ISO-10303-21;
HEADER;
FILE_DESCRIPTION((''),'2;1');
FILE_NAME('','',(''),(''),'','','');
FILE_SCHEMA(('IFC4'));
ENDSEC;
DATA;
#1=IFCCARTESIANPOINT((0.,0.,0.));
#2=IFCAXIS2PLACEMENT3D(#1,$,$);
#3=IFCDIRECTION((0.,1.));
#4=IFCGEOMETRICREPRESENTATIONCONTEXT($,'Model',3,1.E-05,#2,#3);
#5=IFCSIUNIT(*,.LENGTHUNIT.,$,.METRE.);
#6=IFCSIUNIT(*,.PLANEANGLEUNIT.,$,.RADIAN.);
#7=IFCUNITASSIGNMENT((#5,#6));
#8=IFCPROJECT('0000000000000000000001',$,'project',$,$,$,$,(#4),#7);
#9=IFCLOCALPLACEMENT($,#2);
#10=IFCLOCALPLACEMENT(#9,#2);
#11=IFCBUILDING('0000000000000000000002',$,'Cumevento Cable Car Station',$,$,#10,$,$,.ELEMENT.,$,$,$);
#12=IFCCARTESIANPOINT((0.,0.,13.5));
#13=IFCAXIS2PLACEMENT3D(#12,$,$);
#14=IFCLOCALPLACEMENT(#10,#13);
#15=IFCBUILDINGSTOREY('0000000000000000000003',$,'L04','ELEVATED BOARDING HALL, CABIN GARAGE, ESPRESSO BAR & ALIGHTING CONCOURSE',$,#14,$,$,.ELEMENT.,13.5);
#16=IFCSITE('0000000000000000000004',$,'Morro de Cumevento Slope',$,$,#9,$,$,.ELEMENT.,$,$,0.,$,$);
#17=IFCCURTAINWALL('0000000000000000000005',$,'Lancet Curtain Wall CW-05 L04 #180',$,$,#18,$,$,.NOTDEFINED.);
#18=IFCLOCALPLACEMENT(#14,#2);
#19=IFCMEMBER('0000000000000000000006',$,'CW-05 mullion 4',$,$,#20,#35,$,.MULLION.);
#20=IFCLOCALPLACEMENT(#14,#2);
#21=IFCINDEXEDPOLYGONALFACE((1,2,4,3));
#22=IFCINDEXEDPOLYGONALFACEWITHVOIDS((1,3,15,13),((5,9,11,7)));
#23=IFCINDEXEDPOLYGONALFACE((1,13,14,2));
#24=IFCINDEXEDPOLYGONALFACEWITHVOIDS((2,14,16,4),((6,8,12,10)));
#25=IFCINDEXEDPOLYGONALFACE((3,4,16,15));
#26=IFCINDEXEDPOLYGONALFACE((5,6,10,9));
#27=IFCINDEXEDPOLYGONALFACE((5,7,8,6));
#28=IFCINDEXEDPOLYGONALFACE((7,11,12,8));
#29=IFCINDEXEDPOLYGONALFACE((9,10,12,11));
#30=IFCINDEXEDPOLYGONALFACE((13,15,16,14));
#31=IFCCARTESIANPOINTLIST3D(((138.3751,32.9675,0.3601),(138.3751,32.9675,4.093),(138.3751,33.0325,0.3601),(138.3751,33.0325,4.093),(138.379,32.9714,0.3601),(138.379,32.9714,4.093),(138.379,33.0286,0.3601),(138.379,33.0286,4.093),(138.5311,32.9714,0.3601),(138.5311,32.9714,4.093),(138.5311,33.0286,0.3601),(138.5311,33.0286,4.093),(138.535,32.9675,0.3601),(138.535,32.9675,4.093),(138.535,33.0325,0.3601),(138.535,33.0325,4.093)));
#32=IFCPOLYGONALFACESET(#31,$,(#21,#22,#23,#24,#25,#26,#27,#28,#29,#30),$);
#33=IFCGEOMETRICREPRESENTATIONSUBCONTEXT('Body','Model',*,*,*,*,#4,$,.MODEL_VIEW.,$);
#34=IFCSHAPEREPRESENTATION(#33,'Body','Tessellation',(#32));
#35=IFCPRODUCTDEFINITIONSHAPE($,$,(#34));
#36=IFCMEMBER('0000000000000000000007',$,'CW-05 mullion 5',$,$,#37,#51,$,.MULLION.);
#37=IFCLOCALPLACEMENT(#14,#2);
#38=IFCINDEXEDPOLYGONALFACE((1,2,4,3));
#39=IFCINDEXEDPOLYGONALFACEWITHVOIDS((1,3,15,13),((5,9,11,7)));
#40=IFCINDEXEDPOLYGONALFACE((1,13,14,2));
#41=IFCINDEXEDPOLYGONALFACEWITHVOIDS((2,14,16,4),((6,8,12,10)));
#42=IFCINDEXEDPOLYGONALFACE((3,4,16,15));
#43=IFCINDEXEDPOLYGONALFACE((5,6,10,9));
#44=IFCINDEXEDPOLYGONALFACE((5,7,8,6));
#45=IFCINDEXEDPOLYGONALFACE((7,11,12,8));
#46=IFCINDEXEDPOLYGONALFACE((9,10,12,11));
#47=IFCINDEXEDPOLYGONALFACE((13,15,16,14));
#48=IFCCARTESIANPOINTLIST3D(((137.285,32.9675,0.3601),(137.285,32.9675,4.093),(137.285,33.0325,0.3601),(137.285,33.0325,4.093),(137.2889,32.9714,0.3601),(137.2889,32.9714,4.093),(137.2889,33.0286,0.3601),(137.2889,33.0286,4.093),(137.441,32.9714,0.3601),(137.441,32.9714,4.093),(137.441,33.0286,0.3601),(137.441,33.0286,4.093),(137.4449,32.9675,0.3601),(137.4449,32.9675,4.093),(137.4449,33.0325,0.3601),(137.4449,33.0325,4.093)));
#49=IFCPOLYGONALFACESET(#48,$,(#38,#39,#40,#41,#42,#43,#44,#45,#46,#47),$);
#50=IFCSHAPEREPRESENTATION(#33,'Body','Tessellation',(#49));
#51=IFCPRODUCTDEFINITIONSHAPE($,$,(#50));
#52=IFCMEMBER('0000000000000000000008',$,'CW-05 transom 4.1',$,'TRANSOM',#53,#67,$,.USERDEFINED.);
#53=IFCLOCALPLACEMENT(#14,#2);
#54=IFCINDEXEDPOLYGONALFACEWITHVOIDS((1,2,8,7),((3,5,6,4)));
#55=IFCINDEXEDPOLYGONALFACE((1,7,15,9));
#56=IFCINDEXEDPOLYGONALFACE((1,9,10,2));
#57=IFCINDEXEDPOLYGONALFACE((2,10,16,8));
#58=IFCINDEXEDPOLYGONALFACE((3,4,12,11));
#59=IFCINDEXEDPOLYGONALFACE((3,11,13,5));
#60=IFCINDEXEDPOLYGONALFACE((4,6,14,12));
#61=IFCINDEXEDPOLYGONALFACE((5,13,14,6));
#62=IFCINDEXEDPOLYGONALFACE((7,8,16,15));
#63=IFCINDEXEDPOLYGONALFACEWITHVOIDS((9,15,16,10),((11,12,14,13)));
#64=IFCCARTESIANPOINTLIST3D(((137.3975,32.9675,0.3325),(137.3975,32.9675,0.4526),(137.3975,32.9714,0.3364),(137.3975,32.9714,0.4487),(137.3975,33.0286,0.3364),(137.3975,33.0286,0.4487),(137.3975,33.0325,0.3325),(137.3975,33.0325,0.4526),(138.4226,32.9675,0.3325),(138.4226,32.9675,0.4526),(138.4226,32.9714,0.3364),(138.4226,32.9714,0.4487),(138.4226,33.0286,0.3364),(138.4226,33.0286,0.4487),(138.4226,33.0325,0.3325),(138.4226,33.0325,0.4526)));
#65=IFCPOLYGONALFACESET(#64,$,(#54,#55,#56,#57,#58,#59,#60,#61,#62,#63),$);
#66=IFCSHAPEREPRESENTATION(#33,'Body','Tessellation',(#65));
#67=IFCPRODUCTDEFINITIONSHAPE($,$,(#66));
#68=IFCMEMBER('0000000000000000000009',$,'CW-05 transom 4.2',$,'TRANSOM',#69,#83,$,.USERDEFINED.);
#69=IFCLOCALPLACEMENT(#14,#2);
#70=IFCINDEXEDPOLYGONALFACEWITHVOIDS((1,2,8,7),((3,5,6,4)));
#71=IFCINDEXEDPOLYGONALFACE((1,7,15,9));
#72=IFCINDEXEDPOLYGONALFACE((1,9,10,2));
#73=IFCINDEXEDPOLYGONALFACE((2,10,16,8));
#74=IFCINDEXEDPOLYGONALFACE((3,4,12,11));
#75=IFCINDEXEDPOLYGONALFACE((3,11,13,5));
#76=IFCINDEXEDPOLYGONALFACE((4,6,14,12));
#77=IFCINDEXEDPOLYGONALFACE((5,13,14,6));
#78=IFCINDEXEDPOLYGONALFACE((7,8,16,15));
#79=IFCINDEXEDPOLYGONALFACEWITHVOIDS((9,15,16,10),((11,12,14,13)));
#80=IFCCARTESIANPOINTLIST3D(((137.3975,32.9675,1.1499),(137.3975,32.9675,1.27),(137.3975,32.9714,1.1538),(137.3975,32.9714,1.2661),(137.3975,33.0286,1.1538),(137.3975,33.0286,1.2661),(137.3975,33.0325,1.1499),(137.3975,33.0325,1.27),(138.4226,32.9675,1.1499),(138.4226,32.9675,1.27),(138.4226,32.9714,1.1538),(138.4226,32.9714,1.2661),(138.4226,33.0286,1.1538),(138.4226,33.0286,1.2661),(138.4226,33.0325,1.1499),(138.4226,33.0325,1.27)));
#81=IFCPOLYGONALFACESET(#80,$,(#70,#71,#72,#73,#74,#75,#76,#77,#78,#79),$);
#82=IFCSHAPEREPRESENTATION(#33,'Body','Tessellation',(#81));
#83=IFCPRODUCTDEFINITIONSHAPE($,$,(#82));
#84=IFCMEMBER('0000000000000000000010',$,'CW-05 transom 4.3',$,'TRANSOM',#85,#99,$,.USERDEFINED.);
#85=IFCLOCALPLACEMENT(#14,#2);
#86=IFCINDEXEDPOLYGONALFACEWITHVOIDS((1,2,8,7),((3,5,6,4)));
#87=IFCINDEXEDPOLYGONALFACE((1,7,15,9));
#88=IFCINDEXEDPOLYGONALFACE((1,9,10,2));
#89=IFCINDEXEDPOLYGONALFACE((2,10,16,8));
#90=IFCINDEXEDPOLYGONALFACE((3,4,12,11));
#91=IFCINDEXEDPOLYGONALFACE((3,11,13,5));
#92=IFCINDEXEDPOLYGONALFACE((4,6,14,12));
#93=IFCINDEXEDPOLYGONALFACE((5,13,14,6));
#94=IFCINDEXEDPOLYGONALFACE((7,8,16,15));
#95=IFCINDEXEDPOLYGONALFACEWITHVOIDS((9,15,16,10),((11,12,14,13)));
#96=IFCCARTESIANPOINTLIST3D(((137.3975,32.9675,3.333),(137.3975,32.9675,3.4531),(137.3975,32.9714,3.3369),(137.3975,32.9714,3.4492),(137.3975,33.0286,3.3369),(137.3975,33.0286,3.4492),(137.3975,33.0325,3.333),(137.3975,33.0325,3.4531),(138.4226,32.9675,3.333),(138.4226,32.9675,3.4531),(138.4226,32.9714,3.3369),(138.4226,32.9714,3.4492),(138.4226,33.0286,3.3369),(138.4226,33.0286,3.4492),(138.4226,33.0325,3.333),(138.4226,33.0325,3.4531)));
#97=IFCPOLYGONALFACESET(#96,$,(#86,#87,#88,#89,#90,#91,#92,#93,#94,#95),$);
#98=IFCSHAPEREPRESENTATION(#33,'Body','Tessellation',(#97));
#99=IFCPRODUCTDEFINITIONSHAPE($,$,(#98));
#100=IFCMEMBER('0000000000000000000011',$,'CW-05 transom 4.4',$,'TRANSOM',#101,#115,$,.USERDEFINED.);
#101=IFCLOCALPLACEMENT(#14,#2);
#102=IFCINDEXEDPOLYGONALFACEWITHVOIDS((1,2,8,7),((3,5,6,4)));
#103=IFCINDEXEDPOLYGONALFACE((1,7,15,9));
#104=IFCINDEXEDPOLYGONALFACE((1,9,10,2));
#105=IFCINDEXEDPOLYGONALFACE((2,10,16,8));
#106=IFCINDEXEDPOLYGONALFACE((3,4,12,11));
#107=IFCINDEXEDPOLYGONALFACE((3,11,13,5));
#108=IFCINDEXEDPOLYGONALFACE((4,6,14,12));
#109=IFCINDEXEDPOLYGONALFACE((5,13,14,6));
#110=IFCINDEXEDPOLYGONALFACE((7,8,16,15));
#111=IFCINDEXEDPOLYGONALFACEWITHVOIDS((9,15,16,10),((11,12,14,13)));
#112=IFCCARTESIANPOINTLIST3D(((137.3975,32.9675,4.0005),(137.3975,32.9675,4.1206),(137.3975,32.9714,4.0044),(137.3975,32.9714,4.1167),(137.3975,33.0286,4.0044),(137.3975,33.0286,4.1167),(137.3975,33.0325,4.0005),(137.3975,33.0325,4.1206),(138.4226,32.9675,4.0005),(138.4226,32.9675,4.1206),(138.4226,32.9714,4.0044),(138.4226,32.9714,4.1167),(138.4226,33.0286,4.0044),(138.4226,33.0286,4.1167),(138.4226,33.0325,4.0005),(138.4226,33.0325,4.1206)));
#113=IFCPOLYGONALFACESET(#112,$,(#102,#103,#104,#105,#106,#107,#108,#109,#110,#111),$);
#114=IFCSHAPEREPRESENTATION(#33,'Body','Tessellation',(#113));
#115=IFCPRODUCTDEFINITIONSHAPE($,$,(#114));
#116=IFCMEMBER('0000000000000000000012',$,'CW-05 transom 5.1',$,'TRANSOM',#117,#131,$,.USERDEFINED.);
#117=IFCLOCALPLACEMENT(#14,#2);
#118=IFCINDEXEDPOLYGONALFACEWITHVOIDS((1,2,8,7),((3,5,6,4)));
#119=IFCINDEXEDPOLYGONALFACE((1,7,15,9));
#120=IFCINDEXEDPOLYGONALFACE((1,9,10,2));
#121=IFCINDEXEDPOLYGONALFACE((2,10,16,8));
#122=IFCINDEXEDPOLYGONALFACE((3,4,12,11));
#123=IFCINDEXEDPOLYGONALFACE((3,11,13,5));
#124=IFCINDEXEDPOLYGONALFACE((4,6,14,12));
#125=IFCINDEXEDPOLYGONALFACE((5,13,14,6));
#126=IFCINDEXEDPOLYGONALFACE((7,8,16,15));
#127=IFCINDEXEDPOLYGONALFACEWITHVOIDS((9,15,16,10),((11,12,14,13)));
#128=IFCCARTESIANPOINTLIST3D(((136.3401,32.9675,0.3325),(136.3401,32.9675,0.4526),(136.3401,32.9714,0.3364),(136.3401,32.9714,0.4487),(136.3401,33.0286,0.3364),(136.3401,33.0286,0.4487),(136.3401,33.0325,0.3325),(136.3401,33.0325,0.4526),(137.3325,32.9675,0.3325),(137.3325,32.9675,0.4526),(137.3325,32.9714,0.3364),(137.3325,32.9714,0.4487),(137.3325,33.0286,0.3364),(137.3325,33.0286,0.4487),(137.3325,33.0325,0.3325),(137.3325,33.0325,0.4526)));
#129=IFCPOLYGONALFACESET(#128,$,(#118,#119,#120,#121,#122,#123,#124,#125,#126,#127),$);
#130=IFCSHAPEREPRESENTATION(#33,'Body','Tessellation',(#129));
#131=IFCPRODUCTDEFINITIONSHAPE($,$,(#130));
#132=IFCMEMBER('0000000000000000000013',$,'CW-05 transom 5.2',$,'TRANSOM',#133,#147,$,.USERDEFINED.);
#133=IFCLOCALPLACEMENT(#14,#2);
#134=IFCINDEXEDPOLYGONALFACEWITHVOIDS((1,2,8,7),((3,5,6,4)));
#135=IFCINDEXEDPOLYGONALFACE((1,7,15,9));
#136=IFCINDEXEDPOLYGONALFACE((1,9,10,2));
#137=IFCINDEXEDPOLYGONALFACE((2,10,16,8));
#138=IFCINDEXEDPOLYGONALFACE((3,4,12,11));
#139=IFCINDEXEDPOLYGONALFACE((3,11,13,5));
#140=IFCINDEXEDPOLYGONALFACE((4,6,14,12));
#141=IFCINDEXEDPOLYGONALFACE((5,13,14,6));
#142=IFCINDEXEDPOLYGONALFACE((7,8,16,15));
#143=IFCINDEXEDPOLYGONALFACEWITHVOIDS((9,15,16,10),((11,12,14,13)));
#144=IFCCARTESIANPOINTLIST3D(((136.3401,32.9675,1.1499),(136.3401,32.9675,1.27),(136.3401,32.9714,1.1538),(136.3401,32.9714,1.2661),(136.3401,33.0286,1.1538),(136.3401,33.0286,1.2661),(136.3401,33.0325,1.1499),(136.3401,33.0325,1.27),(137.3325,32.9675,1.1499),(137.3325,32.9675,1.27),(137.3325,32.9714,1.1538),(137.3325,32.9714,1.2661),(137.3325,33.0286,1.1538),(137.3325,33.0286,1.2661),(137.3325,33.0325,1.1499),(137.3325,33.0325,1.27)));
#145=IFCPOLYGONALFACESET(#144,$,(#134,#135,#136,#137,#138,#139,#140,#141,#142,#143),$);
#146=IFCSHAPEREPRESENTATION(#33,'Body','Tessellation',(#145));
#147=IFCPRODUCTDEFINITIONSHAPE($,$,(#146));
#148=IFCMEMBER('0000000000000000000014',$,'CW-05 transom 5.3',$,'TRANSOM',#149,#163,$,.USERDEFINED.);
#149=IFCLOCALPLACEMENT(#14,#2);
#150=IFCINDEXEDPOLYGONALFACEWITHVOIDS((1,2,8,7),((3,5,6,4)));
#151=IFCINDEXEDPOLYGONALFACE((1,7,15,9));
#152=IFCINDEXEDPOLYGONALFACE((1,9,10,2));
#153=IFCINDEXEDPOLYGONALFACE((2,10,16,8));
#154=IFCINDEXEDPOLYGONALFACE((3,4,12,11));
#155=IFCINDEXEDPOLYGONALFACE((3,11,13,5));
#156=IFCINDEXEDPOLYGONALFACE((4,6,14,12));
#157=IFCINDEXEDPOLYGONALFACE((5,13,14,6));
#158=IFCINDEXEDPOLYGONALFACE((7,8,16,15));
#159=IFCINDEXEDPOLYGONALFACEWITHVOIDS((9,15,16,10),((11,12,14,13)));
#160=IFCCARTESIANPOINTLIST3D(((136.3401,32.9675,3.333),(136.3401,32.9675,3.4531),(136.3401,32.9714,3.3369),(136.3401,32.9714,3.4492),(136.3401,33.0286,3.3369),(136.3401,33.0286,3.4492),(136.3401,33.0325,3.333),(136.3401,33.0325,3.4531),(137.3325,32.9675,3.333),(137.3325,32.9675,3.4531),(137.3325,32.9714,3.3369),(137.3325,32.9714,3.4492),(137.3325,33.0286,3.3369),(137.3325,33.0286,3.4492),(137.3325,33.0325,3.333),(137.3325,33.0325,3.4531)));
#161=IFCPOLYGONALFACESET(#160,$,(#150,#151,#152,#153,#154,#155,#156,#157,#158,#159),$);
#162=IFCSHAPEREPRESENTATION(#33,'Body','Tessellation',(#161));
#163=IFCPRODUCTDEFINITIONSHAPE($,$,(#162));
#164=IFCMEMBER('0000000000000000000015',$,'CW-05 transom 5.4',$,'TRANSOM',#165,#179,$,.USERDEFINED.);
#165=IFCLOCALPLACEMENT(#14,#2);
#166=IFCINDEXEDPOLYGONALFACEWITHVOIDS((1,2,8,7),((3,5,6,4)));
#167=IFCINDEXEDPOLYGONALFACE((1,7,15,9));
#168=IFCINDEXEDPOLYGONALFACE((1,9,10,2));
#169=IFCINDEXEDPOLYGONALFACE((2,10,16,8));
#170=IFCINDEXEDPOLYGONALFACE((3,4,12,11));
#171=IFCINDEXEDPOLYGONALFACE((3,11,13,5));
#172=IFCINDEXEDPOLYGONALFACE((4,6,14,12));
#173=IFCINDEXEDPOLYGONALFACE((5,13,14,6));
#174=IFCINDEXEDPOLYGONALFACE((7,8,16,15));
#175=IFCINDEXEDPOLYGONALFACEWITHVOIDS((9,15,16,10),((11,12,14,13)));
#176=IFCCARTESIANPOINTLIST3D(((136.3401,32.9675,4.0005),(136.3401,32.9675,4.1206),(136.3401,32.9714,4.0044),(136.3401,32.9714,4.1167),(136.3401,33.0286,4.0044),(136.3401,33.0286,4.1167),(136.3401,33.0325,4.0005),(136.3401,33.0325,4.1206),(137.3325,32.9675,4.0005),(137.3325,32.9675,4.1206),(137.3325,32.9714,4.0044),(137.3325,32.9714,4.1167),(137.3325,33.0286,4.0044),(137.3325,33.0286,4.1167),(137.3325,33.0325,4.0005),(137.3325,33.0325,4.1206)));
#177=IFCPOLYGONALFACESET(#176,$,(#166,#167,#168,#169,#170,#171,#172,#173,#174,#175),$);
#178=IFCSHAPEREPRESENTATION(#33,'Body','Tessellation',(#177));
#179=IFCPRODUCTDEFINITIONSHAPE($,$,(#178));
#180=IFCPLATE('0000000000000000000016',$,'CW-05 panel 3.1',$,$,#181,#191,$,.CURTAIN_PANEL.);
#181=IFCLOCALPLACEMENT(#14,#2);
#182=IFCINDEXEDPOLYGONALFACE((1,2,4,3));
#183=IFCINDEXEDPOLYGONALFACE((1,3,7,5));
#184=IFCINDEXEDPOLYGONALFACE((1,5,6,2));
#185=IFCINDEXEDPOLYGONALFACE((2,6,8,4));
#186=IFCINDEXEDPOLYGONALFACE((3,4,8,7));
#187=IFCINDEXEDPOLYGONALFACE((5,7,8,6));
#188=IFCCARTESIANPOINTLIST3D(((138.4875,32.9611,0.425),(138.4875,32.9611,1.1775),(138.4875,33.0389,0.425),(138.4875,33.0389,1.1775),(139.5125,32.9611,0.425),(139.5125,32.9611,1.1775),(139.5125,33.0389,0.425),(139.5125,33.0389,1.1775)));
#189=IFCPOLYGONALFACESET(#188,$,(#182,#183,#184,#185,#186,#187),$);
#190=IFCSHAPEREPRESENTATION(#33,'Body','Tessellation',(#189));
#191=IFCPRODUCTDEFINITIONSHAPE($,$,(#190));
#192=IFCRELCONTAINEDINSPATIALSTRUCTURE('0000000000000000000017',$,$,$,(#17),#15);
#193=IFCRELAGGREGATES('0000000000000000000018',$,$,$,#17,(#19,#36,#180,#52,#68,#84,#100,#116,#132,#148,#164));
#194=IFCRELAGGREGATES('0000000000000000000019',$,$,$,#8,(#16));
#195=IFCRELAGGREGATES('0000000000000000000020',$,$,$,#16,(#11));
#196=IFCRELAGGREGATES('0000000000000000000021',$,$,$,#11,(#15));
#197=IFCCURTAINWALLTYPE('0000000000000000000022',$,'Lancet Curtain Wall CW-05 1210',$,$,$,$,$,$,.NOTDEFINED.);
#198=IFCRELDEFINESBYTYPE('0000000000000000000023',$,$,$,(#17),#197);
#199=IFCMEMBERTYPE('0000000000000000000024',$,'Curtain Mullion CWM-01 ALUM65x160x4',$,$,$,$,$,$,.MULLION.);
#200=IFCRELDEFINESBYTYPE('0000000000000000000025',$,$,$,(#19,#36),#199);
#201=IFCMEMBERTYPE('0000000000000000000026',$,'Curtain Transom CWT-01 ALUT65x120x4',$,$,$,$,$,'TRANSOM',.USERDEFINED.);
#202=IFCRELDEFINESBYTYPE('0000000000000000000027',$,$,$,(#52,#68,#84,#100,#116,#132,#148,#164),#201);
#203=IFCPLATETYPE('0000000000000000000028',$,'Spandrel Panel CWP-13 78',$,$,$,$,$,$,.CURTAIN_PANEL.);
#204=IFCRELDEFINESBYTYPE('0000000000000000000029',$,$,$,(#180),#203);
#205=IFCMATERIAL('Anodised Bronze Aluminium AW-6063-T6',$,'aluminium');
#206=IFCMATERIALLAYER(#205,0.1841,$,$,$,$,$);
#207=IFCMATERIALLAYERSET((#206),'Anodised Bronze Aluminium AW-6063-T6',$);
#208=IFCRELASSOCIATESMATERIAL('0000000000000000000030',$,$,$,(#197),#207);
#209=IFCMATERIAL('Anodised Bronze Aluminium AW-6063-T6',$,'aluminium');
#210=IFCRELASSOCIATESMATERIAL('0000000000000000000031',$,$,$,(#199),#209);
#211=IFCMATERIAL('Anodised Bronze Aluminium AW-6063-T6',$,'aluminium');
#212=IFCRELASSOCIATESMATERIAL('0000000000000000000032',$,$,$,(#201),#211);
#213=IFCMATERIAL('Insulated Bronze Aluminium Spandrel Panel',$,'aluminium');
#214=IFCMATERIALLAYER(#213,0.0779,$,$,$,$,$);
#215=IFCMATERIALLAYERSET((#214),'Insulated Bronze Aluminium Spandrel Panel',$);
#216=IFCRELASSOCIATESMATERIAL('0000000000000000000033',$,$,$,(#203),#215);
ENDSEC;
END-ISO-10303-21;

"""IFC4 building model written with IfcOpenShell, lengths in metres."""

from ifc_helpers import new_model, si_unit, direction, frame, origin, origin_2d, place, context, subcontext, project, spatial, rectangle, hollow_rectangle, extrude, material, layer, layer_set, material_profile, profile_set, type_object, element, aggregate, save


model = new_model("IFC4")

# Units and contexts
model_context = context("Model", 3, precision=1e-05, world=origin(), true_north=direction((0.0, 1.0)))
body_context = subcontext(model_context, "Body", "Model", "MODEL_VIEW")
ifc_project = project(units=[si_unit("LENGTHUNIT", "METRE"), si_unit("PLANEANGLEUNIT", "RADIAN")], contexts=[model_context])

# Site, building, storey
site_placement = place(None, origin())
site = spatial("IfcSite", under=ifc_project, at=site_placement, Name="Morro de Cumevento Slope", CompositionType="ELEMENT", RefElevation=0.0)
building_placement = place(site_placement, origin())
building = spatial("IfcBuilding", under=site, at=building_placement, Name="Cumevento Cable Car Station", CompositionType="ELEMENT")
storey_placement = place(building_placement, frame((0.0, 0.0, 13.5)))
storey = spatial("IfcBuildingStorey", under=building, at=storey_placement, Name="L04", Description="ELEVATED BOARDING HALL, CABIN GARAGE, ESPRESSO BAR & ALIGHTING CONCOURSE", CompositionType="ELEMENT", Elevation=13.5)

# Curtain wall, members, plate
ifc_material_1 = material(Name="Anodised Bronze Aluminium AW-6063-T6", Category="aluminium")
ifc_layer_1 = layer(ifc_material_1, 0.1841)
ifc_layer_set_1 = layer_set([ifc_layer_1], Name="Anodised Bronze Aluminium AW-6063-T6")
curtain_wall_type = type_object("IfcCurtainWallType", Name="Lancet Curtain Wall CW-05 1210", PredefinedType="NOTDEFINED", material=ifc_layer_set_1)
curtain_wall_placement = place(storey_placement, origin())
curtain_wall = element("IfcCurtainWall", 1, at=curtain_wall_placement, inside=storey, type_object=curtain_wall_type, Name="Lancet Curtain Wall CW-05 L04 #180", PredefinedType="NOTDEFINED")
ifc_material_2 = material(Name="Anodised Bronze Aluminium AW-6063-T6", Category="aluminium")
ifc_material_profile_1 = material_profile(ifc_material_2, hollow_rectangle(XDim=0.0649, YDim=0.1599, WallThickness=0.0039, at=origin_2d()), Name="ALUM65x160x4")
ifc_profile_set_1 = profile_set([ifc_material_profile_1], Name="Anodised Bronze Aluminium AW-6063-T6")
member_type_1 = type_object("IfcMemberType", Name="Curtain Mullion CWM-01 ALUM65x160x4", PredefinedType="MULLION", material=ifc_profile_set_1)
member_1_placement = place(storey_placement, frame((138.4551, 33.0, 0.3601), z_axis=(0.0, 0.0, 1.0), x_axis=(0.0, -1.0, 0.0)))
member_1 = element("IfcMember", 2, at=member_1_placement, type_object=member_type_1, Name="CW-05 mullion 4", PredefinedType="MULLION", context=body_context, shape_type="SweptSolid", body=[
    extrude(hollow_rectangle(XDim=0.0649, YDim=0.1599, WallThickness=0.0039, at=origin_2d()), origin(), (0.0, 0.0, 1.0), 3.7329),
])
member_2_placement = place(storey_placement, frame((137.365, 33.0, 0.3601), z_axis=(0.0, 0.0, 1.0), x_axis=(0.0, -1.0, 0.0)))
member_2 = element("IfcMember", 3, at=member_2_placement, type_object=member_type_1, Name="CW-05 mullion 5", PredefinedType="MULLION", context=body_context, shape_type="SweptSolid", body=[
    extrude(hollow_rectangle(XDim=0.0649, YDim=0.1599, WallThickness=0.0039, at=origin_2d()), origin(), (0.0, 0.0, 1.0), 3.7329),
])
ifc_material_3 = material(Name="Anodised Bronze Aluminium AW-6063-T6", Category="aluminium")
ifc_material_profile_2 = material_profile(ifc_material_3, hollow_rectangle(XDim=0.0649, YDim=0.1201, WallThickness=0.0039, at=origin_2d()), Name="ALUT65x120x4")
ifc_profile_set_2 = profile_set([ifc_material_profile_2], Name="Anodised Bronze Aluminium AW-6063-T6")
member_type_2 = type_object("IfcMemberType", Name="Curtain Transom CWT-01 ALUT65x120x4", ElementType="TRANSOM", PredefinedType="USERDEFINED", material=ifc_profile_set_2)
member_3_placement = place(storey_placement, frame((138.4226, 33.0, 0.3926), z_axis=(-1.0, 0.0, 0.0), x_axis=(0.0, -1.0, 0.0)))
member_3 = element("IfcMember", 4, at=member_3_placement, type_object=member_type_2, Name="CW-05 transom 4.1", ObjectType="TRANSOM", PredefinedType="USERDEFINED", context=body_context, shape_type="SweptSolid", body=[
    extrude(hollow_rectangle(XDim=0.0649, YDim=0.1201, WallThickness=0.0039, at=origin_2d()), origin(), (0.0, 0.0, 1.0), 1.0251),
])
member_4_placement = place(storey_placement, frame((138.4226, 33.0, 1.21), z_axis=(-1.0, 0.0, 0.0), x_axis=(0.0, -1.0, 0.0)))
member_4 = element("IfcMember", 5, at=member_4_placement, type_object=member_type_2, Name="CW-05 transom 4.2", ObjectType="TRANSOM", PredefinedType="USERDEFINED", context=body_context, shape_type="SweptSolid", body=[
    extrude(hollow_rectangle(XDim=0.0649, YDim=0.1201, WallThickness=0.0039, at=origin_2d()), origin(), (0.0, 0.0, 1.0), 1.0251),
])
member_5_placement = place(storey_placement, frame((138.4226, 33.0, 3.3931), z_axis=(-1.0, 0.0, 0.0), x_axis=(0.0, -1.0, 0.0)))
member_5 = element("IfcMember", 6, at=member_5_placement, type_object=member_type_2, Name="CW-05 transom 4.3", ObjectType="TRANSOM", PredefinedType="USERDEFINED", context=body_context, shape_type="SweptSolid", body=[
    extrude(hollow_rectangle(XDim=0.0649, YDim=0.1201, WallThickness=0.0039, at=origin_2d()), origin(), (0.0, 0.0, 1.0), 1.0251),
])
member_6_placement = place(storey_placement, frame((138.4226, 33.0, 4.0605), z_axis=(-1.0, 0.0, 0.0), x_axis=(0.0, -1.0, 0.0)))
member_6 = element("IfcMember", 7, at=member_6_placement, type_object=member_type_2, Name="CW-05 transom 4.4", ObjectType="TRANSOM", PredefinedType="USERDEFINED", context=body_context, shape_type="SweptSolid", body=[
    extrude(hollow_rectangle(XDim=0.0649, YDim=0.1201, WallThickness=0.0039, at=origin_2d()), origin(), (0.0, 0.0, 1.0), 1.0251),
])
member_7_placement = place(storey_placement, frame((137.3325, 33.0, 0.3926), z_axis=(-1.0, 0.0, 0.0), x_axis=(0.0, -1.0, 0.0)))
member_7 = element("IfcMember", 8, at=member_7_placement, type_object=member_type_2, Name="CW-05 transom 5.1", ObjectType="TRANSOM", PredefinedType="USERDEFINED", context=body_context, shape_type="SweptSolid", body=[
    extrude(hollow_rectangle(XDim=0.0649, YDim=0.1201, WallThickness=0.0039, at=origin_2d()), origin(), (0.0, 0.0, 1.0), 0.9924),
])
member_8_placement = place(storey_placement, frame((137.3325, 33.0, 1.21), z_axis=(-1.0, 0.0, 0.0), x_axis=(0.0, -1.0, 0.0)))
member_8 = element("IfcMember", 9, at=member_8_placement, type_object=member_type_2, Name="CW-05 transom 5.2", ObjectType="TRANSOM", PredefinedType="USERDEFINED", context=body_context, shape_type="SweptSolid", body=[
    extrude(hollow_rectangle(XDim=0.0649, YDim=0.1201, WallThickness=0.0039, at=origin_2d()), origin(), (0.0, 0.0, 1.0), 0.9924),
])
member_9_placement = place(storey_placement, frame((137.3325, 33.0, 3.3931), z_axis=(-1.0, 0.0, 0.0), x_axis=(0.0, -1.0, 0.0)))
member_9 = element("IfcMember", 10, at=member_9_placement, type_object=member_type_2, Name="CW-05 transom 5.3", ObjectType="TRANSOM", PredefinedType="USERDEFINED", context=body_context, shape_type="SweptSolid", body=[
    extrude(hollow_rectangle(XDim=0.0649, YDim=0.1201, WallThickness=0.0039, at=origin_2d()), origin(), (0.0, 0.0, 1.0), 0.9924),
])
member_10_placement = place(storey_placement, frame((137.3325, 33.0, 4.0605), z_axis=(-1.0, 0.0, 0.0), x_axis=(0.0, -1.0, 0.0)))
member_10 = element("IfcMember", 11, at=member_10_placement, type_object=member_type_2, Name="CW-05 transom 5.4", ObjectType="TRANSOM", PredefinedType="USERDEFINED", context=body_context, shape_type="SweptSolid", body=[
    extrude(hollow_rectangle(XDim=0.0649, YDim=0.1201, WallThickness=0.0039, at=origin_2d()), origin(), (0.0, 0.0, 1.0), 0.9924),
])
ifc_material_4 = material(Name="Insulated Bronze Aluminium Spandrel Panel", Category="aluminium")
ifc_layer_2 = layer(ifc_material_4, 0.0779)
ifc_layer_set_2 = layer_set([ifc_layer_2], Name="Insulated Bronze Aluminium Spandrel Panel")
plate_type = type_object("IfcPlateType", Name="Spandrel Panel CWP-13 78", PredefinedType="CURTAIN_PANEL", material=ifc_layer_set_2)
plate_1_placement = place(storey_placement, frame((139.0, 33.0, 0.425), z_axis=(0.0, 0.0, 1.0), x_axis=(-1.0, 0.0, 0.0)))
plate_1 = element("IfcPlate", 12, at=plate_1_placement, type_object=plate_type, Name="CW-05 panel 3.1", PredefinedType="CURTAIN_PANEL", context=body_context, shape_type="SweptSolid", body=[
    extrude(rectangle(XDim=1.0249, YDim=0.0779, at=origin_2d()), origin(), (0.0, 0.0, 1.0), 0.7524),
])
aggregate(curtain_wall, [member_1, member_2, plate_1, member_3, member_4, member_5, member_6, member_7, member_8, member_9, member_10])

save(model, "model.ifc")
